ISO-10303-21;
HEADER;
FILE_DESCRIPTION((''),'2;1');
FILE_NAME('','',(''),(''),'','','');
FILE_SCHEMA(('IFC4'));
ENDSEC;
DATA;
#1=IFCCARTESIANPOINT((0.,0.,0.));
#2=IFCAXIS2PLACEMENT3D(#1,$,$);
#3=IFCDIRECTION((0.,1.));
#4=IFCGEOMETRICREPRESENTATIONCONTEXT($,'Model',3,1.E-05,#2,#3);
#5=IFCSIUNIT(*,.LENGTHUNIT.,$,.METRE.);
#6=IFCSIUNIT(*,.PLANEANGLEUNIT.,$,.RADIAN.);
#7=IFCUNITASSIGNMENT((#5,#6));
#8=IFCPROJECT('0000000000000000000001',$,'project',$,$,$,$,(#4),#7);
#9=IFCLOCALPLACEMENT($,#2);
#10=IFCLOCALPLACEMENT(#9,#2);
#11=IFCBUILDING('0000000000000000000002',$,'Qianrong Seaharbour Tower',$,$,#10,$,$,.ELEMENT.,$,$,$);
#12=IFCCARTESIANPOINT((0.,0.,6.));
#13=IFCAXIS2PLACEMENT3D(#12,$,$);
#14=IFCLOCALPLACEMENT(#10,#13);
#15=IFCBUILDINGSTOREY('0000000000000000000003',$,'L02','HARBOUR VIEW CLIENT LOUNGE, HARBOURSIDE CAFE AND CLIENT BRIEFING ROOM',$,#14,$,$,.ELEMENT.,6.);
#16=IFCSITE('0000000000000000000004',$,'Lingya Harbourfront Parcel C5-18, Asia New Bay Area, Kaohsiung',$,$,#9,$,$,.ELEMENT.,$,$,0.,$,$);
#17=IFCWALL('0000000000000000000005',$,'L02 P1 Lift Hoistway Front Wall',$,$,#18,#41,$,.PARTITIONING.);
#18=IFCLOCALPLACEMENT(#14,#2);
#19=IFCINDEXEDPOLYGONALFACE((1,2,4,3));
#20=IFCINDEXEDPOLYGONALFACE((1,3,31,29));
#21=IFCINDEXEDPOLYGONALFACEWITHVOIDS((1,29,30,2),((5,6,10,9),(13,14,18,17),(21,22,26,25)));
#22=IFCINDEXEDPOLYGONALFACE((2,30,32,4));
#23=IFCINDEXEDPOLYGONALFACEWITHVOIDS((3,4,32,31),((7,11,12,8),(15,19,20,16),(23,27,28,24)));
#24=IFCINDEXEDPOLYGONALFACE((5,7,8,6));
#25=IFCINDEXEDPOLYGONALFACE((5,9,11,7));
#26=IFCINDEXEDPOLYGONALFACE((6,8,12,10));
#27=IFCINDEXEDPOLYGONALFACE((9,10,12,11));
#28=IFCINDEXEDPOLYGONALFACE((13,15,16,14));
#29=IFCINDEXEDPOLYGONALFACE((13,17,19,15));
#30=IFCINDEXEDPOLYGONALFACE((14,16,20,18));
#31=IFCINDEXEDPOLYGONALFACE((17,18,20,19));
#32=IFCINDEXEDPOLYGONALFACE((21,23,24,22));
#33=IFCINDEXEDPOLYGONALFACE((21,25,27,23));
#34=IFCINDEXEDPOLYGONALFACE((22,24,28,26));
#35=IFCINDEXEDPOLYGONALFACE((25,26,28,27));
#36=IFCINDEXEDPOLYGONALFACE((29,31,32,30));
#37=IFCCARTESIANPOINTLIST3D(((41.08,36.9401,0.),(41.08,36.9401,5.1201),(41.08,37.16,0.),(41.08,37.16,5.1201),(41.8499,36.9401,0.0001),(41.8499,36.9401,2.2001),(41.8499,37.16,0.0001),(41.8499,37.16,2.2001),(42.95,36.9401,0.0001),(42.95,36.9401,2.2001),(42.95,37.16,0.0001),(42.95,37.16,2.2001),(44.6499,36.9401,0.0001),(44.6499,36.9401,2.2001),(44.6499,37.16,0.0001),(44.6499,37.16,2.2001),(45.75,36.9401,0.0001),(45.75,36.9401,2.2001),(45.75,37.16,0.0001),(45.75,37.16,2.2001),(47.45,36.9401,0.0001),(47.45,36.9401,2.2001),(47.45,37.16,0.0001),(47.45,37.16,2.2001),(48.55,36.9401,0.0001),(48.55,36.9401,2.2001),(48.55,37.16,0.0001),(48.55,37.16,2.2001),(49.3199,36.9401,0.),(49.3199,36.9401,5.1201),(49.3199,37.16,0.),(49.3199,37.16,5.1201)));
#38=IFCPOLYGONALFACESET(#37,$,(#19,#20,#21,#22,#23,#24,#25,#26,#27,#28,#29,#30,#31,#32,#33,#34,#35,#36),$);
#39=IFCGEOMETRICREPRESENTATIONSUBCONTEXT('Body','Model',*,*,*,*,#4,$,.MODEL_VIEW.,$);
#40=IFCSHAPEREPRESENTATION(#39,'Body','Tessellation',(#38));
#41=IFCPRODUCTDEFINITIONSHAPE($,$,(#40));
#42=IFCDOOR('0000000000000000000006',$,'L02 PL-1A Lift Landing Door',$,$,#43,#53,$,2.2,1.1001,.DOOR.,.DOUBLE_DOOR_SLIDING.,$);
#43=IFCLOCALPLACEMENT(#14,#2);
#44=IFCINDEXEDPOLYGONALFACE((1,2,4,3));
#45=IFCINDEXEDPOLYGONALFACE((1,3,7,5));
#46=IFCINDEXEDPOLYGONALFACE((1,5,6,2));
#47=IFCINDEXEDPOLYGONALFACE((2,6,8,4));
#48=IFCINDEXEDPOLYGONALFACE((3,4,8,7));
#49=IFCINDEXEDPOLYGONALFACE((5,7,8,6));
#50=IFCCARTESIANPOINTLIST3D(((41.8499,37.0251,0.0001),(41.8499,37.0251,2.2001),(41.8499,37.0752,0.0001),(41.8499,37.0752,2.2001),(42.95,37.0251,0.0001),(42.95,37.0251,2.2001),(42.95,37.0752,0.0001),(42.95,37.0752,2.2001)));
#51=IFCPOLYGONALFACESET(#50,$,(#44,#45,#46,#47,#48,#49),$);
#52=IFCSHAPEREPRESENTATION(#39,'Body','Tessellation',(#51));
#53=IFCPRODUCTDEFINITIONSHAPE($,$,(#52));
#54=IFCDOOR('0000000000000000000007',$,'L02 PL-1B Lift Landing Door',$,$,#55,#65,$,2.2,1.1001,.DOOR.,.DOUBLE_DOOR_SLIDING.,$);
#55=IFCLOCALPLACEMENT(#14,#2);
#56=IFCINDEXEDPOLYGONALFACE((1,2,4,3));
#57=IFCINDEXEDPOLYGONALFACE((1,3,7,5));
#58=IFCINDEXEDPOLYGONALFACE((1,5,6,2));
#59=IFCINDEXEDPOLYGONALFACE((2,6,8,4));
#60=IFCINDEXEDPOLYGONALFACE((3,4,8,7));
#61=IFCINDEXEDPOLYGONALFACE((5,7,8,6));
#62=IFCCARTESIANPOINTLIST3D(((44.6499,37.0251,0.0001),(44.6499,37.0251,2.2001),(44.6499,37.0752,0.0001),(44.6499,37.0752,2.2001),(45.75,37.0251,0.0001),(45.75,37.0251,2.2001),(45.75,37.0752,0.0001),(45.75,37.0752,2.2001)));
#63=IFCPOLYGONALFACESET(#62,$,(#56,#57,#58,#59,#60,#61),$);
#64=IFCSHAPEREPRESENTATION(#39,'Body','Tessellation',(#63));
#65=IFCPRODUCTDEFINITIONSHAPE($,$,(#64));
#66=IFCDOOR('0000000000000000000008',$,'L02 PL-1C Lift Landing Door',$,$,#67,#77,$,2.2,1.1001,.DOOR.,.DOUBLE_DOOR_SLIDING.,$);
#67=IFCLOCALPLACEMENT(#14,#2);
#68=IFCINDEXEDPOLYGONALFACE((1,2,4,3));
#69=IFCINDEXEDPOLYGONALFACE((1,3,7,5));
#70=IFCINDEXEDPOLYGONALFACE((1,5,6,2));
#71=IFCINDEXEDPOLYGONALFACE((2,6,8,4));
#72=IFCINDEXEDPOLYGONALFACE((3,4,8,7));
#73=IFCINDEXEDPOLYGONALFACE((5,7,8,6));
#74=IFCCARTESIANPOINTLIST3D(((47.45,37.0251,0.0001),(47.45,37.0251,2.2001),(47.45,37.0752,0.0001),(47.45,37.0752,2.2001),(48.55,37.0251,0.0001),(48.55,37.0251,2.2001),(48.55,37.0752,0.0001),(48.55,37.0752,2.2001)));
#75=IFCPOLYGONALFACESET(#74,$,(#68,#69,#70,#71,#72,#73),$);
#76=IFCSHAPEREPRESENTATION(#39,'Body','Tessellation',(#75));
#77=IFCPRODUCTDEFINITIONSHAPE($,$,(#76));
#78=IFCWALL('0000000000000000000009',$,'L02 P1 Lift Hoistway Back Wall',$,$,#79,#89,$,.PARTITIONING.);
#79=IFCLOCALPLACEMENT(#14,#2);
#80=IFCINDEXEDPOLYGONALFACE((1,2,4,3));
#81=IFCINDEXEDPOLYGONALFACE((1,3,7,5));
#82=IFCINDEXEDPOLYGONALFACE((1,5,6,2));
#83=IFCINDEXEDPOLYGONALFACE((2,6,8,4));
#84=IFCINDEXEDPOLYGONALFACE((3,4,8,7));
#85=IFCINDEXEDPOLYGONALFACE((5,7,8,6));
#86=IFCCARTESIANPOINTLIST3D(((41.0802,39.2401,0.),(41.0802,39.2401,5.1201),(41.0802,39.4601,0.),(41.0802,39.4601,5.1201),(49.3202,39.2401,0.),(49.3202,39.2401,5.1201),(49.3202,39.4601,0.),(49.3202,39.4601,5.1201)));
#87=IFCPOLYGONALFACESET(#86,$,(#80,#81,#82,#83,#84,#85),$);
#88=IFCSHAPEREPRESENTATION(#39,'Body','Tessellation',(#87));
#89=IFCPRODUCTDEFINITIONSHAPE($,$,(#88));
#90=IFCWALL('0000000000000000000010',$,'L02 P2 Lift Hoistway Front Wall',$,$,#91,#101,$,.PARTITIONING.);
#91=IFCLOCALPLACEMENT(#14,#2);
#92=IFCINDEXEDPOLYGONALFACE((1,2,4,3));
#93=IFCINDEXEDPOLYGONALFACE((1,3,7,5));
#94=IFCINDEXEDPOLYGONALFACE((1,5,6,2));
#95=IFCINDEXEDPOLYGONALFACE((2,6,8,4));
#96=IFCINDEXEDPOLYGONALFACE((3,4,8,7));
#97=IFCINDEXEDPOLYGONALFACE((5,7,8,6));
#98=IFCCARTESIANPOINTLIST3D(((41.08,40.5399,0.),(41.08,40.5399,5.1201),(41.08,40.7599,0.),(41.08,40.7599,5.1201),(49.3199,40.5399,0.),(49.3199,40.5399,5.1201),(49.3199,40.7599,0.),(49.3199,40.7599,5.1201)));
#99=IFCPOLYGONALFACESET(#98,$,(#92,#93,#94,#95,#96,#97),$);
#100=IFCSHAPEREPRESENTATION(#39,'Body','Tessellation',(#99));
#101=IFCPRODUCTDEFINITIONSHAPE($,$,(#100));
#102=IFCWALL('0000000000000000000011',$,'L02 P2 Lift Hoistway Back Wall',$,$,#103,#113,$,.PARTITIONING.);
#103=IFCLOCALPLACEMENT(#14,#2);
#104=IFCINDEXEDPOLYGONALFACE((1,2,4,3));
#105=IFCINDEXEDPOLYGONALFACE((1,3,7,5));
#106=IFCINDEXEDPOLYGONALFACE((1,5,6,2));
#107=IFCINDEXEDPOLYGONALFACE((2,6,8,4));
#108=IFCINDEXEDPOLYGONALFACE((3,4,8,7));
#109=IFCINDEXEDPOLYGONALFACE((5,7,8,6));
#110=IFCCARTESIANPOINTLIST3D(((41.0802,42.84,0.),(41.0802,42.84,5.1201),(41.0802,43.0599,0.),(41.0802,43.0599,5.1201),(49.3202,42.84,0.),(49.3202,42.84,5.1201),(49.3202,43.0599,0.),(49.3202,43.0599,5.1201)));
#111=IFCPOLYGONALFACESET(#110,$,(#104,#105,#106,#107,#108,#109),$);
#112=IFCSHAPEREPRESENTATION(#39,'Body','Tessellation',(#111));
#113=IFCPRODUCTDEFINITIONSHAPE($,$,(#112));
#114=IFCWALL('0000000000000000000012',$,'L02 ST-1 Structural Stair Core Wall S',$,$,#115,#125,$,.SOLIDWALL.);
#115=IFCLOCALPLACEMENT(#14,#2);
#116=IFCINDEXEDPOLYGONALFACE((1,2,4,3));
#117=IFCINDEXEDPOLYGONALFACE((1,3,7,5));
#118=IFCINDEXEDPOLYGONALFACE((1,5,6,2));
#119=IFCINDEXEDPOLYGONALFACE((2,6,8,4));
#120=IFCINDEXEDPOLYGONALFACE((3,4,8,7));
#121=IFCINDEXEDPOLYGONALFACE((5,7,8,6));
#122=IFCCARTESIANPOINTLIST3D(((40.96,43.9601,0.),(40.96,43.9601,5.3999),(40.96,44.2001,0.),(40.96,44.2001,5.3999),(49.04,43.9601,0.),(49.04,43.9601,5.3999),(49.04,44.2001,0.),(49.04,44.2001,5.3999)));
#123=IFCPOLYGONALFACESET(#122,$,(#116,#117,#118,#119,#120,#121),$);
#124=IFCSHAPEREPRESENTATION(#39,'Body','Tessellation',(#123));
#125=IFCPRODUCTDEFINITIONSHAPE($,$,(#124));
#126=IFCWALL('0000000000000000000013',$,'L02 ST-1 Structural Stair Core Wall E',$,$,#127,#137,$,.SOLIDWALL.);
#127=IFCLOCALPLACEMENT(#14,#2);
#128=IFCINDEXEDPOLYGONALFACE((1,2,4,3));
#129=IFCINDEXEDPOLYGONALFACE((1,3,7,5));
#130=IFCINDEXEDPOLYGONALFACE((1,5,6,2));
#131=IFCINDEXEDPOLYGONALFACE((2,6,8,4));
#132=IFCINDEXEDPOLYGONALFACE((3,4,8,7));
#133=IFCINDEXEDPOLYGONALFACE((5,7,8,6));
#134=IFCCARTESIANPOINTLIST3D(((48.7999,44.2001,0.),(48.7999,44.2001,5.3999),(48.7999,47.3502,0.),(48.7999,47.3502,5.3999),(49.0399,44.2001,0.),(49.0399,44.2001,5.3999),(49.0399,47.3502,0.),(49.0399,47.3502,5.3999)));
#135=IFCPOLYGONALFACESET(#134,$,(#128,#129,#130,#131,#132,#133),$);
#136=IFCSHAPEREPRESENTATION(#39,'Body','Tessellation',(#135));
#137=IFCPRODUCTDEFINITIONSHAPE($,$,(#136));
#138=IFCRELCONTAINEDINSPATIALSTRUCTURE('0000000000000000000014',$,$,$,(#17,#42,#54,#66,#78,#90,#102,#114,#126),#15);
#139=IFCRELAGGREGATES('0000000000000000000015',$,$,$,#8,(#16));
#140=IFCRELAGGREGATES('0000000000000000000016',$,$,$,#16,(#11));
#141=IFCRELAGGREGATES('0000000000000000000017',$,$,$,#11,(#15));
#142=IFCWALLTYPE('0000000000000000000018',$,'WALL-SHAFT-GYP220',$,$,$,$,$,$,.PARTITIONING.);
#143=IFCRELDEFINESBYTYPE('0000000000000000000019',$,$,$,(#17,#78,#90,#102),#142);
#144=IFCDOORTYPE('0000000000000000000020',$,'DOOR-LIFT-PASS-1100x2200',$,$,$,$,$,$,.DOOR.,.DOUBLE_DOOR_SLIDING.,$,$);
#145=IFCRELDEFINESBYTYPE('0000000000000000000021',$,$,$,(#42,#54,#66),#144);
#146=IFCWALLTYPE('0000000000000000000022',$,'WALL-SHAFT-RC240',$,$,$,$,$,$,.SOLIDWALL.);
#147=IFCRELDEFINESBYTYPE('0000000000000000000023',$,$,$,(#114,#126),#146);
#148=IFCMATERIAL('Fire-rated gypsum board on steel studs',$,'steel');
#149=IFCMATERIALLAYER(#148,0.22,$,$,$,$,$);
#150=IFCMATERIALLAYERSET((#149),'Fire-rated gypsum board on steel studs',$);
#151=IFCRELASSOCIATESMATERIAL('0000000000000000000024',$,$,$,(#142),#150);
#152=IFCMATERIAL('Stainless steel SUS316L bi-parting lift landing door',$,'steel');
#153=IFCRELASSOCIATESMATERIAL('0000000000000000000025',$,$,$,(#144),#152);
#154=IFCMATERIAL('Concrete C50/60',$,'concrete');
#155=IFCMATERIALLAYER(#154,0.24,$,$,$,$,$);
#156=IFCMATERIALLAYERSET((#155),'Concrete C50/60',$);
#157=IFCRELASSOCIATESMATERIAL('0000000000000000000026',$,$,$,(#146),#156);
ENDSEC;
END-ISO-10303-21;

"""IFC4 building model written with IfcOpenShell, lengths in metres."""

from ifc_helpers import new_model, si_unit, direction, frame, frame_2d, origin, place, context, subcontext, project, spatial, rectangle, extrude, material, layer, layer_set, type_object, element, fill, save


model = new_model("IFC4")

# Units and contexts
model_context = context("Model", 3, precision=1e-05, world=origin(), true_north=direction((0.0, 1.0)))
body_context = subcontext(model_context, "Body", "Model", "MODEL_VIEW")
ifc_project = project(units=[si_unit("LENGTHUNIT", "METRE"), si_unit("PLANEANGLEUNIT", "RADIAN")], contexts=[model_context])

# Site, building, storey
site_placement = place(None, origin())
site = spatial("IfcSite", under=ifc_project, at=site_placement, Name="Lingya Harbourfront Parcel C5-18, Asia New Bay Area, Kaohsiung", CompositionType="ELEMENT", RefElevation=0.0)
building_placement = place(site_placement, origin())
building = spatial("IfcBuilding", under=site, at=building_placement, Name="Qianrong Seaharbour Tower", CompositionType="ELEMENT")
storey_placement = place(building_placement, frame((0.0, 0.0, 6.0)))
storey = spatial("IfcBuildingStorey", under=building, at=storey_placement, Name="L02", Description="HARBOUR VIEW CLIENT LOUNGE, HARBOURSIDE CAFE AND CLIENT BRIEFING ROOM", CompositionType="ELEMENT", Elevation=6.0)

# Shared definitions
ifc_material_1 = material(Name="Fire-rated gypsum board on steel studs", Category="steel")

# Wall, openings, doors
ifc_layer_1 = layer(ifc_material_1, 0.22)
ifc_layer_set_1 = layer_set([ifc_layer_1], Name="Fire-rated gypsum board on steel studs")
wall_type_1 = type_object("IfcWallType", Name="WALL-SHAFT-GYP220", PredefinedType="PARTITIONING", material=ifc_layer_set_1)
wall_1_placement = place(storey_placement, frame((49.3201, 37.05, 0.0), z_axis=(0.0, 0.0, 1.0), x_axis=(-1.0, 0.0, 0.0)))
wall_1 = element("IfcWall", 1, at=wall_1_placement, inside=storey, type_object=wall_type_1, Name="L02 P1 Lift Hoistway Front Wall", PredefinedType="PARTITIONING", context=body_context, shape_type="SweptSolid", body=[
    extrude(rectangle(XDim=8.24, YDim=0.22, at=frame_2d((4.1201, 0.0))), origin(), (0.0, 0.0, 1.0), 5.1201),
])
opening_1_placement = place(wall_1_placement, frame((6.3701, 0.0, 0.0)))
opening_1 = element("IfcOpeningElement", 2, at=opening_1_placement, cuts=wall_1, PredefinedType="OPENING", context=body_context, shape_type="SweptSolid", body=[
    extrude(rectangle(XDim=1.1001, YDim=2.2, at=frame_2d((0.55, 1.1001))), frame((0.0, 0.1201, 0.0), z_axis=(0.0, -1.0, 0.0), x_axis=(1.0, 0.0, 0.0)), (0.0, 0.0, 1.0), 0.24),
])
opening_2_placement = place(wall_1_placement, frame((3.5701, 0.0, 0.0)))
opening_2 = element("IfcOpeningElement", 3, at=opening_2_placement, cuts=wall_1, PredefinedType="OPENING", context=body_context, shape_type="SweptSolid", body=[
    extrude(rectangle(XDim=1.1001, YDim=2.2, at=frame_2d((0.55, 1.1001))), frame((0.0, 0.1201, 0.0), z_axis=(0.0, -1.0, 0.0), x_axis=(1.0, 0.0, 0.0)), (0.0, 0.0, 1.0), 0.24),
])
opening_3_placement = place(wall_1_placement, frame((0.77, 0.0, 0.0)))
opening_3 = element("IfcOpeningElement", 4, at=opening_3_placement, cuts=wall_1, PredefinedType="OPENING", context=body_context, shape_type="SweptSolid", body=[
    extrude(rectangle(XDim=1.1001, YDim=2.2, at=frame_2d((0.55, 1.1001))), frame((0.0, 0.1201, 0.0), z_axis=(0.0, -1.0, 0.0), x_axis=(1.0, 0.0, 0.0)), (0.0, 0.0, 1.0), 0.24),
])
ifc_material_2 = material(Name="Stainless steel SUS316L bi-parting lift landing door", Category="steel")
door_type = type_object("IfcDoorType", Name="DOOR-LIFT-PASS-1100x2200", OperationType="DOUBLE_DOOR_SLIDING", PredefinedType="DOOR", material=ifc_material_2)
door_1_placement = place(opening_1_placement, origin())
door_1 = element("IfcDoor", 5, at=door_1_placement, inside=storey, type_object=door_type, Name="L02 PL-1A Lift Landing Door", OperationType="DOUBLE_DOOR_SLIDING", OverallHeight=2.2, OverallWidth=1.1001, PredefinedType="DOOR", context=body_context, shape_type="SweptSolid", body=[
    extrude(rectangle(XDim=1.1001, YDim=2.2, at=frame_2d((0.55, 1.1001))), frame((0.0, 0.0249, 0.0), z_axis=(0.0, -1.0, 0.0), x_axis=(1.0, 0.0, 0.0)), (0.0, 0.0, 1.0), 0.05),
])
fill(opening_1, door_1)
door_2_placement = place(opening_2_placement, origin())
door_2 = element("IfcDoor", 6, at=door_2_placement, inside=storey, type_object=door_type, Name="L02 PL-1B Lift Landing Door", OperationType="DOUBLE_DOOR_SLIDING", OverallHeight=2.2, OverallWidth=1.1001, PredefinedType="DOOR", context=body_context, shape_type="SweptSolid", body=[
    extrude(rectangle(XDim=1.1001, YDim=2.2, at=frame_2d((0.55, 1.1001))), frame((0.0, 0.0249, 0.0), z_axis=(0.0, -1.0, 0.0), x_axis=(1.0, 0.0, 0.0)), (0.0, 0.0, 1.0), 0.05),
])
fill(opening_2, door_2)
door_3_placement = place(opening_3_placement, origin())
door_3 = element("IfcDoor", 7, at=door_3_placement, inside=storey, type_object=door_type, Name="L02 PL-1C Lift Landing Door", OperationType="DOUBLE_DOOR_SLIDING", OverallHeight=2.2, OverallWidth=1.1001, PredefinedType="DOOR", context=body_context, shape_type="SweptSolid", body=[
    extrude(rectangle(XDim=1.1001, YDim=2.2, at=frame_2d((0.55, 1.1001))), frame((0.0, 0.0249, 0.0), z_axis=(0.0, -1.0, 0.0), x_axis=(1.0, 0.0, 0.0)), (0.0, 0.0, 1.0), 0.05),
])
fill(opening_3, door_3)

# Walls
for number, where, z_axis, x_axis, name in (
    (8, (41.0801, 39.3501, 0.0), (0.0, 0.0, 1.0), (1.0, 0.0, 0.0), "L02 P1 Lift Hoistway Back Wall"),
    (9, (49.3201, 40.6499, 0.0), (0.0, 0.0, 1.0), (-1.0, 0.0, 0.0), "L02 P2 Lift Hoistway Front Wall"),
    (10, (41.0801, 42.95, 0.0), (0.0, 0.0, 1.0), (1.0, 0.0, 0.0), "L02 P2 Lift Hoistway Back Wall"),
):
    element("IfcWall", number, at=place(storey_placement, frame(where, z_axis=z_axis, x_axis=x_axis)), inside=storey, type_object=wall_type_1, Name=name, PredefinedType="PARTITIONING", context=body_context, shape_type="SweptSolid", body=[
        extrude(rectangle(XDim=8.24, YDim=0.22, at=frame_2d((4.1201, 0.0))), origin(), (0.0, 0.0, 1.0), 5.1201),
    ])
ifc_material_3 = material(Name="Concrete C50/60", Category="concrete")
ifc_layer_2 = layer(ifc_material_3, 0.24)
ifc_layer_set_2 = layer_set([ifc_layer_2], Name="Concrete C50/60")
wall_type_2 = type_object("IfcWallType", Name="WALL-SHAFT-RC240", PredefinedType="SOLIDWALL", material=ifc_layer_set_2)
wall_2_placement = place(storey_placement, frame((49.04, 44.0801, 0.0), z_axis=(0.0, 0.0, 1.0), x_axis=(-1.0, 0.0, 0.0)))
element("IfcWall", 11, at=wall_2_placement, inside=storey, type_object=wall_type_2, Name="L02 ST-1 Structural Stair Core Wall S", PredefinedType="SOLIDWALL", context=body_context, shape_type="SweptSolid", body=[
    extrude(rectangle(XDim=8.0801, YDim=0.24, at=frame_2d((4.04, 0.0))), origin(), (0.0, 0.0, 1.0), 5.3999),
])
wall_3_placement = place(storey_placement, frame((48.9199, 44.2, 0.0), z_axis=(0.0, 0.0, 1.0), x_axis=(0.0, 1.0, 0.0)))
element("IfcWall", 12, at=wall_3_placement, inside=storey, type_object=wall_type_2, Name="L02 ST-1 Structural Stair Core Wall E", PredefinedType="SOLIDWALL", context=body_context, shape_type="SweptSolid", body=[
    extrude(rectangle(XDim=3.1501, YDim=0.24, at=frame_2d((1.5752, 0.0))), origin(), (0.0, 0.0, 1.0), 5.3999),
])

save(model, "model.ifc")
